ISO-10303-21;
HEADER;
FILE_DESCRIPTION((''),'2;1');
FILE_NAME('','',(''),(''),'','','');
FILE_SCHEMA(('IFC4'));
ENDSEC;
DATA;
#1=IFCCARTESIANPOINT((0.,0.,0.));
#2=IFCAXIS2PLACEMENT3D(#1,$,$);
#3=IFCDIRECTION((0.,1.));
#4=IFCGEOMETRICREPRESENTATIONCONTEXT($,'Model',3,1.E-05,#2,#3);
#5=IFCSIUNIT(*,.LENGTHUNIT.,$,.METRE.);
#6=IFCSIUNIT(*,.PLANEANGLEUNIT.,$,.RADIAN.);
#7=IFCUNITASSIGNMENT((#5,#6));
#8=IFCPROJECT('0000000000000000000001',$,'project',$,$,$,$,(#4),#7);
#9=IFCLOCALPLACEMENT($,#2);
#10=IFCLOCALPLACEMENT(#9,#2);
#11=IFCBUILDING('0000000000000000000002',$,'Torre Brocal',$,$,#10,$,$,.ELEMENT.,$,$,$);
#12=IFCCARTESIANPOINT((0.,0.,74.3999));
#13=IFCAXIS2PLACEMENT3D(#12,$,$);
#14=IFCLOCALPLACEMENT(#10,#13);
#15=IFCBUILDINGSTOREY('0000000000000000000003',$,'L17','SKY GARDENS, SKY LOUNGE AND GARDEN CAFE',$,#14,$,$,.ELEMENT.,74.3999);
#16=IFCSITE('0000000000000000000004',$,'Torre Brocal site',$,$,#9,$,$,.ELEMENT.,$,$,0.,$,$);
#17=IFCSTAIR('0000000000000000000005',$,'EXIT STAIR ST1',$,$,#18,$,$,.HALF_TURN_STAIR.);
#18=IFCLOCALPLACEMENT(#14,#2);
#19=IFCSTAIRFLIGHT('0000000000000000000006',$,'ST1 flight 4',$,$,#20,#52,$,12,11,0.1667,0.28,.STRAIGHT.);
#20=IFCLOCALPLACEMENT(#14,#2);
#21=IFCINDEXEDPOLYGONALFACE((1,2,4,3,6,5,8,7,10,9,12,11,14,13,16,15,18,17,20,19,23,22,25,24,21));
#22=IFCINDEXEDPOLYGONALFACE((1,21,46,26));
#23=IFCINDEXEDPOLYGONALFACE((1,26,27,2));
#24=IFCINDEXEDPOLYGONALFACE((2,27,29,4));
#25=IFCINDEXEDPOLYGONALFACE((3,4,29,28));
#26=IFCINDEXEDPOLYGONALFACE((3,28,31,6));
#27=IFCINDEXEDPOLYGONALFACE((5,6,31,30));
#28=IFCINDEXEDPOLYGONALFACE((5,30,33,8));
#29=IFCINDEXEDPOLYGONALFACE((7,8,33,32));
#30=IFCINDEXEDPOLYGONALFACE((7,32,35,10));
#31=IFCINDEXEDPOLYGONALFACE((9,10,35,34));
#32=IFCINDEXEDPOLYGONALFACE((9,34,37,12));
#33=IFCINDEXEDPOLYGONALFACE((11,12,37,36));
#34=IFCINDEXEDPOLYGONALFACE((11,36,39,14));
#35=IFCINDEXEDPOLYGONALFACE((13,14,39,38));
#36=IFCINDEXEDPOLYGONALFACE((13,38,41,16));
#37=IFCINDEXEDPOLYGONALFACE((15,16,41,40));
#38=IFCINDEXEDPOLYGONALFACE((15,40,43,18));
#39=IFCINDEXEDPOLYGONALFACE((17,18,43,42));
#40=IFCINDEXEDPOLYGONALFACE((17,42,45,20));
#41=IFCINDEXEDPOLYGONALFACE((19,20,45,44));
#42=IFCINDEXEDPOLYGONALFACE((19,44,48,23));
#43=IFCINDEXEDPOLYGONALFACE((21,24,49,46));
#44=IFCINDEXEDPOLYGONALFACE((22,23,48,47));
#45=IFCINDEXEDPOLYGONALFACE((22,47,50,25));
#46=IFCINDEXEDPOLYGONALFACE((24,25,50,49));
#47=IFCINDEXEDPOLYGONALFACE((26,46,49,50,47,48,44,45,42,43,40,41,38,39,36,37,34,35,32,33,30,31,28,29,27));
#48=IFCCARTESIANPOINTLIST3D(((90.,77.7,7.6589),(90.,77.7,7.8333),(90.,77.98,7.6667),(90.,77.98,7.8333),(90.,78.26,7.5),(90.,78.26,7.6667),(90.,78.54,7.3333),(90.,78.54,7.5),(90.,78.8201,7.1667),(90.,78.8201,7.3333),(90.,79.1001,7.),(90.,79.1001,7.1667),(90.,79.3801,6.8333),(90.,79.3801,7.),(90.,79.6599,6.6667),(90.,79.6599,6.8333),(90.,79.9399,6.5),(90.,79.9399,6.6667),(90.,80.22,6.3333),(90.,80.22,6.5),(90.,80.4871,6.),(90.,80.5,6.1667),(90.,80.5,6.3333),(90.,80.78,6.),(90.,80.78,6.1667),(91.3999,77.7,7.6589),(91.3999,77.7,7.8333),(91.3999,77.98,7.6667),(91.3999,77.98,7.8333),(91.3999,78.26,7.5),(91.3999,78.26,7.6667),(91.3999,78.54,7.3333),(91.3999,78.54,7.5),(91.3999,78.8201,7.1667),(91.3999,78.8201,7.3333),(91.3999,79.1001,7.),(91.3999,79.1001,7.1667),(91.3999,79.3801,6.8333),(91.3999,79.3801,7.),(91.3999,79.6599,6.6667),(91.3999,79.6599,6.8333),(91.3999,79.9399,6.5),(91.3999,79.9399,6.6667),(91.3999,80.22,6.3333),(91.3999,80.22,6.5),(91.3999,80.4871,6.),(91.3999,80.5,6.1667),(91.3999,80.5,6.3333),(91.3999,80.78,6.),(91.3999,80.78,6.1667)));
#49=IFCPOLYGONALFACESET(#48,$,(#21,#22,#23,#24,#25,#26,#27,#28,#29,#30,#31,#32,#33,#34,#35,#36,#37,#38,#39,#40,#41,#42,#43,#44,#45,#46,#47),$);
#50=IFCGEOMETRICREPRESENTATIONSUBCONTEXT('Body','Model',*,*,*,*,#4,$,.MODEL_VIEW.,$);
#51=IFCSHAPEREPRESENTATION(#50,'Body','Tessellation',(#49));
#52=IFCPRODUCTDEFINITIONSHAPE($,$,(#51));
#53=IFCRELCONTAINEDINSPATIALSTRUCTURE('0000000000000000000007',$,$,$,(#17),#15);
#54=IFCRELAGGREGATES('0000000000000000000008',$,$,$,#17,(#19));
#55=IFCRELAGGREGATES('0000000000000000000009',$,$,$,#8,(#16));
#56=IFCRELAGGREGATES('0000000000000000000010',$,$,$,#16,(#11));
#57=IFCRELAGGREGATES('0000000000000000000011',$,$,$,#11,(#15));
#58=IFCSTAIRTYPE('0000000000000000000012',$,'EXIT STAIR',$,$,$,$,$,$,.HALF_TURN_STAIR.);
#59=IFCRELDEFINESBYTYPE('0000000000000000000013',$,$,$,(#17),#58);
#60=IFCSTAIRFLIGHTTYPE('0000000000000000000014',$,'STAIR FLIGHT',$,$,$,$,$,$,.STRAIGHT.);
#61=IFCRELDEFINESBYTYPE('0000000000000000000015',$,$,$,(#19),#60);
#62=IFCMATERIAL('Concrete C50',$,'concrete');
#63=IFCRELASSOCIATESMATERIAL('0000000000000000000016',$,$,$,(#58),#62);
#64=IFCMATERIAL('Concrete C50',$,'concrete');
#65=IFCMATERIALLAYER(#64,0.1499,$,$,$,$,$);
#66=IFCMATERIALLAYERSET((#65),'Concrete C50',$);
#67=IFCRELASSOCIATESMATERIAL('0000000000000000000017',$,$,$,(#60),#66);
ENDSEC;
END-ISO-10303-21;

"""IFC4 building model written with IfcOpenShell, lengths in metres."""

from ifc_helpers import new_model, si_unit, direction, frame, origin, place, context, subcontext, project, spatial, polyline, outline, extrude, material, layer, layer_set, type_object, element, aggregate, save


model = new_model("IFC4")

# Units and contexts
model_context = context("Model", 3, precision=1e-05, world=origin(), true_north=direction((0.0, 1.0)))
body_context = subcontext(model_context, "Body", "Model", "MODEL_VIEW")
ifc_project = project(units=[si_unit("LENGTHUNIT", "METRE"), si_unit("PLANEANGLEUNIT", "RADIAN")], contexts=[model_context])

# Site, building, storey
site_placement = place(None, origin())
site = spatial("IfcSite", under=ifc_project, at=site_placement, Name="Torre Brocal site", CompositionType="ELEMENT", RefElevation=0.0)
building_placement = place(site_placement, origin())
building = spatial("IfcBuilding", under=site, at=building_placement, Name="Torre Brocal", CompositionType="ELEMENT")
storey_placement = place(building_placement, frame((0.0, 0.0, 74.3999)))
storey = spatial("IfcBuildingStorey", under=building, at=storey_placement, Name="L17", Description="SKY GARDENS, SKY LOUNGE AND GARDEN CAFE", CompositionType="ELEMENT", Elevation=74.3999)

# Stair, stair flight
ifc_material_1 = material(Name="Concrete C50", Category="concrete")
stair_type = type_object("IfcStairType", Name="EXIT STAIR", PredefinedType="HALF_TURN_STAIR", material=ifc_material_1)
stair_placement = place(storey_placement, origin())
stair = element("IfcStair", 1, at=stair_placement, inside=storey, type_object=stair_type, Name="EXIT STAIR ST1", PredefinedType="HALF_TURN_STAIR")
ifc_material_2 = material(Name="Concrete C50", Category="concrete")
ifc_layer_1 = layer(ifc_material_2, 0.1499)
ifc_layer_set_1 = layer_set([ifc_layer_1], Name="Concrete C50")
stair_flight_type = type_object("IfcStairFlightType", Name="STAIR FLIGHT", PredefinedType="STRAIGHT", material=ifc_layer_set_1)
stair_flight_1_placement = place(storey_placement, frame((90.7, 80.78, 6.0), z_axis=(0.0, 0.0, 1.0), x_axis=(0.0, -1.0, 0.0)))
stair_flight_1 = element("IfcStairFlight", 2, at=stair_flight_1_placement, type_object=stair_flight_type, Name="ST1 flight 4", NumberOfRisers=12, NumberOfTreads=11, PredefinedType="STRAIGHT", RiserHeight=0.1667, TreadLength=0.28, context=body_context, shape_type="SweptSolid", body=[
    extrude(outline(polyline([(0.0, 0.0), (0.0, 0.1667), (0.28, 0.1667), (0.28, 0.3333), (0.5601, 0.3333), (0.5601, 0.5), (0.8401, 0.5), (0.8401, 0.6667), (1.1201, 0.6667), (1.1201, 0.8333), (1.3999, 0.8333), (1.3999, 1.0), (1.6799, 1.0), (1.6799, 1.1667), (1.96, 1.1667), (1.96, 1.3333), (2.24, 1.3333), (2.24, 1.5), (2.52, 1.5), (2.52, 1.6667), (2.8, 1.6667), (2.8, 1.8333), (3.0801, 1.8333), (3.0801, 2.0), (3.0801, 1.6589), (0.293, 0.0), (0.0, 0.0)])), frame((0.0, 0.7, 0.0), z_axis=(0.0, -1.0, 0.0), x_axis=(1.0, 0.0, 0.0)), (0.0, 0.0, 1.0), 1.3999),
])
aggregate(stair, [stair_flight_1])

save(model, "model.ifc")
